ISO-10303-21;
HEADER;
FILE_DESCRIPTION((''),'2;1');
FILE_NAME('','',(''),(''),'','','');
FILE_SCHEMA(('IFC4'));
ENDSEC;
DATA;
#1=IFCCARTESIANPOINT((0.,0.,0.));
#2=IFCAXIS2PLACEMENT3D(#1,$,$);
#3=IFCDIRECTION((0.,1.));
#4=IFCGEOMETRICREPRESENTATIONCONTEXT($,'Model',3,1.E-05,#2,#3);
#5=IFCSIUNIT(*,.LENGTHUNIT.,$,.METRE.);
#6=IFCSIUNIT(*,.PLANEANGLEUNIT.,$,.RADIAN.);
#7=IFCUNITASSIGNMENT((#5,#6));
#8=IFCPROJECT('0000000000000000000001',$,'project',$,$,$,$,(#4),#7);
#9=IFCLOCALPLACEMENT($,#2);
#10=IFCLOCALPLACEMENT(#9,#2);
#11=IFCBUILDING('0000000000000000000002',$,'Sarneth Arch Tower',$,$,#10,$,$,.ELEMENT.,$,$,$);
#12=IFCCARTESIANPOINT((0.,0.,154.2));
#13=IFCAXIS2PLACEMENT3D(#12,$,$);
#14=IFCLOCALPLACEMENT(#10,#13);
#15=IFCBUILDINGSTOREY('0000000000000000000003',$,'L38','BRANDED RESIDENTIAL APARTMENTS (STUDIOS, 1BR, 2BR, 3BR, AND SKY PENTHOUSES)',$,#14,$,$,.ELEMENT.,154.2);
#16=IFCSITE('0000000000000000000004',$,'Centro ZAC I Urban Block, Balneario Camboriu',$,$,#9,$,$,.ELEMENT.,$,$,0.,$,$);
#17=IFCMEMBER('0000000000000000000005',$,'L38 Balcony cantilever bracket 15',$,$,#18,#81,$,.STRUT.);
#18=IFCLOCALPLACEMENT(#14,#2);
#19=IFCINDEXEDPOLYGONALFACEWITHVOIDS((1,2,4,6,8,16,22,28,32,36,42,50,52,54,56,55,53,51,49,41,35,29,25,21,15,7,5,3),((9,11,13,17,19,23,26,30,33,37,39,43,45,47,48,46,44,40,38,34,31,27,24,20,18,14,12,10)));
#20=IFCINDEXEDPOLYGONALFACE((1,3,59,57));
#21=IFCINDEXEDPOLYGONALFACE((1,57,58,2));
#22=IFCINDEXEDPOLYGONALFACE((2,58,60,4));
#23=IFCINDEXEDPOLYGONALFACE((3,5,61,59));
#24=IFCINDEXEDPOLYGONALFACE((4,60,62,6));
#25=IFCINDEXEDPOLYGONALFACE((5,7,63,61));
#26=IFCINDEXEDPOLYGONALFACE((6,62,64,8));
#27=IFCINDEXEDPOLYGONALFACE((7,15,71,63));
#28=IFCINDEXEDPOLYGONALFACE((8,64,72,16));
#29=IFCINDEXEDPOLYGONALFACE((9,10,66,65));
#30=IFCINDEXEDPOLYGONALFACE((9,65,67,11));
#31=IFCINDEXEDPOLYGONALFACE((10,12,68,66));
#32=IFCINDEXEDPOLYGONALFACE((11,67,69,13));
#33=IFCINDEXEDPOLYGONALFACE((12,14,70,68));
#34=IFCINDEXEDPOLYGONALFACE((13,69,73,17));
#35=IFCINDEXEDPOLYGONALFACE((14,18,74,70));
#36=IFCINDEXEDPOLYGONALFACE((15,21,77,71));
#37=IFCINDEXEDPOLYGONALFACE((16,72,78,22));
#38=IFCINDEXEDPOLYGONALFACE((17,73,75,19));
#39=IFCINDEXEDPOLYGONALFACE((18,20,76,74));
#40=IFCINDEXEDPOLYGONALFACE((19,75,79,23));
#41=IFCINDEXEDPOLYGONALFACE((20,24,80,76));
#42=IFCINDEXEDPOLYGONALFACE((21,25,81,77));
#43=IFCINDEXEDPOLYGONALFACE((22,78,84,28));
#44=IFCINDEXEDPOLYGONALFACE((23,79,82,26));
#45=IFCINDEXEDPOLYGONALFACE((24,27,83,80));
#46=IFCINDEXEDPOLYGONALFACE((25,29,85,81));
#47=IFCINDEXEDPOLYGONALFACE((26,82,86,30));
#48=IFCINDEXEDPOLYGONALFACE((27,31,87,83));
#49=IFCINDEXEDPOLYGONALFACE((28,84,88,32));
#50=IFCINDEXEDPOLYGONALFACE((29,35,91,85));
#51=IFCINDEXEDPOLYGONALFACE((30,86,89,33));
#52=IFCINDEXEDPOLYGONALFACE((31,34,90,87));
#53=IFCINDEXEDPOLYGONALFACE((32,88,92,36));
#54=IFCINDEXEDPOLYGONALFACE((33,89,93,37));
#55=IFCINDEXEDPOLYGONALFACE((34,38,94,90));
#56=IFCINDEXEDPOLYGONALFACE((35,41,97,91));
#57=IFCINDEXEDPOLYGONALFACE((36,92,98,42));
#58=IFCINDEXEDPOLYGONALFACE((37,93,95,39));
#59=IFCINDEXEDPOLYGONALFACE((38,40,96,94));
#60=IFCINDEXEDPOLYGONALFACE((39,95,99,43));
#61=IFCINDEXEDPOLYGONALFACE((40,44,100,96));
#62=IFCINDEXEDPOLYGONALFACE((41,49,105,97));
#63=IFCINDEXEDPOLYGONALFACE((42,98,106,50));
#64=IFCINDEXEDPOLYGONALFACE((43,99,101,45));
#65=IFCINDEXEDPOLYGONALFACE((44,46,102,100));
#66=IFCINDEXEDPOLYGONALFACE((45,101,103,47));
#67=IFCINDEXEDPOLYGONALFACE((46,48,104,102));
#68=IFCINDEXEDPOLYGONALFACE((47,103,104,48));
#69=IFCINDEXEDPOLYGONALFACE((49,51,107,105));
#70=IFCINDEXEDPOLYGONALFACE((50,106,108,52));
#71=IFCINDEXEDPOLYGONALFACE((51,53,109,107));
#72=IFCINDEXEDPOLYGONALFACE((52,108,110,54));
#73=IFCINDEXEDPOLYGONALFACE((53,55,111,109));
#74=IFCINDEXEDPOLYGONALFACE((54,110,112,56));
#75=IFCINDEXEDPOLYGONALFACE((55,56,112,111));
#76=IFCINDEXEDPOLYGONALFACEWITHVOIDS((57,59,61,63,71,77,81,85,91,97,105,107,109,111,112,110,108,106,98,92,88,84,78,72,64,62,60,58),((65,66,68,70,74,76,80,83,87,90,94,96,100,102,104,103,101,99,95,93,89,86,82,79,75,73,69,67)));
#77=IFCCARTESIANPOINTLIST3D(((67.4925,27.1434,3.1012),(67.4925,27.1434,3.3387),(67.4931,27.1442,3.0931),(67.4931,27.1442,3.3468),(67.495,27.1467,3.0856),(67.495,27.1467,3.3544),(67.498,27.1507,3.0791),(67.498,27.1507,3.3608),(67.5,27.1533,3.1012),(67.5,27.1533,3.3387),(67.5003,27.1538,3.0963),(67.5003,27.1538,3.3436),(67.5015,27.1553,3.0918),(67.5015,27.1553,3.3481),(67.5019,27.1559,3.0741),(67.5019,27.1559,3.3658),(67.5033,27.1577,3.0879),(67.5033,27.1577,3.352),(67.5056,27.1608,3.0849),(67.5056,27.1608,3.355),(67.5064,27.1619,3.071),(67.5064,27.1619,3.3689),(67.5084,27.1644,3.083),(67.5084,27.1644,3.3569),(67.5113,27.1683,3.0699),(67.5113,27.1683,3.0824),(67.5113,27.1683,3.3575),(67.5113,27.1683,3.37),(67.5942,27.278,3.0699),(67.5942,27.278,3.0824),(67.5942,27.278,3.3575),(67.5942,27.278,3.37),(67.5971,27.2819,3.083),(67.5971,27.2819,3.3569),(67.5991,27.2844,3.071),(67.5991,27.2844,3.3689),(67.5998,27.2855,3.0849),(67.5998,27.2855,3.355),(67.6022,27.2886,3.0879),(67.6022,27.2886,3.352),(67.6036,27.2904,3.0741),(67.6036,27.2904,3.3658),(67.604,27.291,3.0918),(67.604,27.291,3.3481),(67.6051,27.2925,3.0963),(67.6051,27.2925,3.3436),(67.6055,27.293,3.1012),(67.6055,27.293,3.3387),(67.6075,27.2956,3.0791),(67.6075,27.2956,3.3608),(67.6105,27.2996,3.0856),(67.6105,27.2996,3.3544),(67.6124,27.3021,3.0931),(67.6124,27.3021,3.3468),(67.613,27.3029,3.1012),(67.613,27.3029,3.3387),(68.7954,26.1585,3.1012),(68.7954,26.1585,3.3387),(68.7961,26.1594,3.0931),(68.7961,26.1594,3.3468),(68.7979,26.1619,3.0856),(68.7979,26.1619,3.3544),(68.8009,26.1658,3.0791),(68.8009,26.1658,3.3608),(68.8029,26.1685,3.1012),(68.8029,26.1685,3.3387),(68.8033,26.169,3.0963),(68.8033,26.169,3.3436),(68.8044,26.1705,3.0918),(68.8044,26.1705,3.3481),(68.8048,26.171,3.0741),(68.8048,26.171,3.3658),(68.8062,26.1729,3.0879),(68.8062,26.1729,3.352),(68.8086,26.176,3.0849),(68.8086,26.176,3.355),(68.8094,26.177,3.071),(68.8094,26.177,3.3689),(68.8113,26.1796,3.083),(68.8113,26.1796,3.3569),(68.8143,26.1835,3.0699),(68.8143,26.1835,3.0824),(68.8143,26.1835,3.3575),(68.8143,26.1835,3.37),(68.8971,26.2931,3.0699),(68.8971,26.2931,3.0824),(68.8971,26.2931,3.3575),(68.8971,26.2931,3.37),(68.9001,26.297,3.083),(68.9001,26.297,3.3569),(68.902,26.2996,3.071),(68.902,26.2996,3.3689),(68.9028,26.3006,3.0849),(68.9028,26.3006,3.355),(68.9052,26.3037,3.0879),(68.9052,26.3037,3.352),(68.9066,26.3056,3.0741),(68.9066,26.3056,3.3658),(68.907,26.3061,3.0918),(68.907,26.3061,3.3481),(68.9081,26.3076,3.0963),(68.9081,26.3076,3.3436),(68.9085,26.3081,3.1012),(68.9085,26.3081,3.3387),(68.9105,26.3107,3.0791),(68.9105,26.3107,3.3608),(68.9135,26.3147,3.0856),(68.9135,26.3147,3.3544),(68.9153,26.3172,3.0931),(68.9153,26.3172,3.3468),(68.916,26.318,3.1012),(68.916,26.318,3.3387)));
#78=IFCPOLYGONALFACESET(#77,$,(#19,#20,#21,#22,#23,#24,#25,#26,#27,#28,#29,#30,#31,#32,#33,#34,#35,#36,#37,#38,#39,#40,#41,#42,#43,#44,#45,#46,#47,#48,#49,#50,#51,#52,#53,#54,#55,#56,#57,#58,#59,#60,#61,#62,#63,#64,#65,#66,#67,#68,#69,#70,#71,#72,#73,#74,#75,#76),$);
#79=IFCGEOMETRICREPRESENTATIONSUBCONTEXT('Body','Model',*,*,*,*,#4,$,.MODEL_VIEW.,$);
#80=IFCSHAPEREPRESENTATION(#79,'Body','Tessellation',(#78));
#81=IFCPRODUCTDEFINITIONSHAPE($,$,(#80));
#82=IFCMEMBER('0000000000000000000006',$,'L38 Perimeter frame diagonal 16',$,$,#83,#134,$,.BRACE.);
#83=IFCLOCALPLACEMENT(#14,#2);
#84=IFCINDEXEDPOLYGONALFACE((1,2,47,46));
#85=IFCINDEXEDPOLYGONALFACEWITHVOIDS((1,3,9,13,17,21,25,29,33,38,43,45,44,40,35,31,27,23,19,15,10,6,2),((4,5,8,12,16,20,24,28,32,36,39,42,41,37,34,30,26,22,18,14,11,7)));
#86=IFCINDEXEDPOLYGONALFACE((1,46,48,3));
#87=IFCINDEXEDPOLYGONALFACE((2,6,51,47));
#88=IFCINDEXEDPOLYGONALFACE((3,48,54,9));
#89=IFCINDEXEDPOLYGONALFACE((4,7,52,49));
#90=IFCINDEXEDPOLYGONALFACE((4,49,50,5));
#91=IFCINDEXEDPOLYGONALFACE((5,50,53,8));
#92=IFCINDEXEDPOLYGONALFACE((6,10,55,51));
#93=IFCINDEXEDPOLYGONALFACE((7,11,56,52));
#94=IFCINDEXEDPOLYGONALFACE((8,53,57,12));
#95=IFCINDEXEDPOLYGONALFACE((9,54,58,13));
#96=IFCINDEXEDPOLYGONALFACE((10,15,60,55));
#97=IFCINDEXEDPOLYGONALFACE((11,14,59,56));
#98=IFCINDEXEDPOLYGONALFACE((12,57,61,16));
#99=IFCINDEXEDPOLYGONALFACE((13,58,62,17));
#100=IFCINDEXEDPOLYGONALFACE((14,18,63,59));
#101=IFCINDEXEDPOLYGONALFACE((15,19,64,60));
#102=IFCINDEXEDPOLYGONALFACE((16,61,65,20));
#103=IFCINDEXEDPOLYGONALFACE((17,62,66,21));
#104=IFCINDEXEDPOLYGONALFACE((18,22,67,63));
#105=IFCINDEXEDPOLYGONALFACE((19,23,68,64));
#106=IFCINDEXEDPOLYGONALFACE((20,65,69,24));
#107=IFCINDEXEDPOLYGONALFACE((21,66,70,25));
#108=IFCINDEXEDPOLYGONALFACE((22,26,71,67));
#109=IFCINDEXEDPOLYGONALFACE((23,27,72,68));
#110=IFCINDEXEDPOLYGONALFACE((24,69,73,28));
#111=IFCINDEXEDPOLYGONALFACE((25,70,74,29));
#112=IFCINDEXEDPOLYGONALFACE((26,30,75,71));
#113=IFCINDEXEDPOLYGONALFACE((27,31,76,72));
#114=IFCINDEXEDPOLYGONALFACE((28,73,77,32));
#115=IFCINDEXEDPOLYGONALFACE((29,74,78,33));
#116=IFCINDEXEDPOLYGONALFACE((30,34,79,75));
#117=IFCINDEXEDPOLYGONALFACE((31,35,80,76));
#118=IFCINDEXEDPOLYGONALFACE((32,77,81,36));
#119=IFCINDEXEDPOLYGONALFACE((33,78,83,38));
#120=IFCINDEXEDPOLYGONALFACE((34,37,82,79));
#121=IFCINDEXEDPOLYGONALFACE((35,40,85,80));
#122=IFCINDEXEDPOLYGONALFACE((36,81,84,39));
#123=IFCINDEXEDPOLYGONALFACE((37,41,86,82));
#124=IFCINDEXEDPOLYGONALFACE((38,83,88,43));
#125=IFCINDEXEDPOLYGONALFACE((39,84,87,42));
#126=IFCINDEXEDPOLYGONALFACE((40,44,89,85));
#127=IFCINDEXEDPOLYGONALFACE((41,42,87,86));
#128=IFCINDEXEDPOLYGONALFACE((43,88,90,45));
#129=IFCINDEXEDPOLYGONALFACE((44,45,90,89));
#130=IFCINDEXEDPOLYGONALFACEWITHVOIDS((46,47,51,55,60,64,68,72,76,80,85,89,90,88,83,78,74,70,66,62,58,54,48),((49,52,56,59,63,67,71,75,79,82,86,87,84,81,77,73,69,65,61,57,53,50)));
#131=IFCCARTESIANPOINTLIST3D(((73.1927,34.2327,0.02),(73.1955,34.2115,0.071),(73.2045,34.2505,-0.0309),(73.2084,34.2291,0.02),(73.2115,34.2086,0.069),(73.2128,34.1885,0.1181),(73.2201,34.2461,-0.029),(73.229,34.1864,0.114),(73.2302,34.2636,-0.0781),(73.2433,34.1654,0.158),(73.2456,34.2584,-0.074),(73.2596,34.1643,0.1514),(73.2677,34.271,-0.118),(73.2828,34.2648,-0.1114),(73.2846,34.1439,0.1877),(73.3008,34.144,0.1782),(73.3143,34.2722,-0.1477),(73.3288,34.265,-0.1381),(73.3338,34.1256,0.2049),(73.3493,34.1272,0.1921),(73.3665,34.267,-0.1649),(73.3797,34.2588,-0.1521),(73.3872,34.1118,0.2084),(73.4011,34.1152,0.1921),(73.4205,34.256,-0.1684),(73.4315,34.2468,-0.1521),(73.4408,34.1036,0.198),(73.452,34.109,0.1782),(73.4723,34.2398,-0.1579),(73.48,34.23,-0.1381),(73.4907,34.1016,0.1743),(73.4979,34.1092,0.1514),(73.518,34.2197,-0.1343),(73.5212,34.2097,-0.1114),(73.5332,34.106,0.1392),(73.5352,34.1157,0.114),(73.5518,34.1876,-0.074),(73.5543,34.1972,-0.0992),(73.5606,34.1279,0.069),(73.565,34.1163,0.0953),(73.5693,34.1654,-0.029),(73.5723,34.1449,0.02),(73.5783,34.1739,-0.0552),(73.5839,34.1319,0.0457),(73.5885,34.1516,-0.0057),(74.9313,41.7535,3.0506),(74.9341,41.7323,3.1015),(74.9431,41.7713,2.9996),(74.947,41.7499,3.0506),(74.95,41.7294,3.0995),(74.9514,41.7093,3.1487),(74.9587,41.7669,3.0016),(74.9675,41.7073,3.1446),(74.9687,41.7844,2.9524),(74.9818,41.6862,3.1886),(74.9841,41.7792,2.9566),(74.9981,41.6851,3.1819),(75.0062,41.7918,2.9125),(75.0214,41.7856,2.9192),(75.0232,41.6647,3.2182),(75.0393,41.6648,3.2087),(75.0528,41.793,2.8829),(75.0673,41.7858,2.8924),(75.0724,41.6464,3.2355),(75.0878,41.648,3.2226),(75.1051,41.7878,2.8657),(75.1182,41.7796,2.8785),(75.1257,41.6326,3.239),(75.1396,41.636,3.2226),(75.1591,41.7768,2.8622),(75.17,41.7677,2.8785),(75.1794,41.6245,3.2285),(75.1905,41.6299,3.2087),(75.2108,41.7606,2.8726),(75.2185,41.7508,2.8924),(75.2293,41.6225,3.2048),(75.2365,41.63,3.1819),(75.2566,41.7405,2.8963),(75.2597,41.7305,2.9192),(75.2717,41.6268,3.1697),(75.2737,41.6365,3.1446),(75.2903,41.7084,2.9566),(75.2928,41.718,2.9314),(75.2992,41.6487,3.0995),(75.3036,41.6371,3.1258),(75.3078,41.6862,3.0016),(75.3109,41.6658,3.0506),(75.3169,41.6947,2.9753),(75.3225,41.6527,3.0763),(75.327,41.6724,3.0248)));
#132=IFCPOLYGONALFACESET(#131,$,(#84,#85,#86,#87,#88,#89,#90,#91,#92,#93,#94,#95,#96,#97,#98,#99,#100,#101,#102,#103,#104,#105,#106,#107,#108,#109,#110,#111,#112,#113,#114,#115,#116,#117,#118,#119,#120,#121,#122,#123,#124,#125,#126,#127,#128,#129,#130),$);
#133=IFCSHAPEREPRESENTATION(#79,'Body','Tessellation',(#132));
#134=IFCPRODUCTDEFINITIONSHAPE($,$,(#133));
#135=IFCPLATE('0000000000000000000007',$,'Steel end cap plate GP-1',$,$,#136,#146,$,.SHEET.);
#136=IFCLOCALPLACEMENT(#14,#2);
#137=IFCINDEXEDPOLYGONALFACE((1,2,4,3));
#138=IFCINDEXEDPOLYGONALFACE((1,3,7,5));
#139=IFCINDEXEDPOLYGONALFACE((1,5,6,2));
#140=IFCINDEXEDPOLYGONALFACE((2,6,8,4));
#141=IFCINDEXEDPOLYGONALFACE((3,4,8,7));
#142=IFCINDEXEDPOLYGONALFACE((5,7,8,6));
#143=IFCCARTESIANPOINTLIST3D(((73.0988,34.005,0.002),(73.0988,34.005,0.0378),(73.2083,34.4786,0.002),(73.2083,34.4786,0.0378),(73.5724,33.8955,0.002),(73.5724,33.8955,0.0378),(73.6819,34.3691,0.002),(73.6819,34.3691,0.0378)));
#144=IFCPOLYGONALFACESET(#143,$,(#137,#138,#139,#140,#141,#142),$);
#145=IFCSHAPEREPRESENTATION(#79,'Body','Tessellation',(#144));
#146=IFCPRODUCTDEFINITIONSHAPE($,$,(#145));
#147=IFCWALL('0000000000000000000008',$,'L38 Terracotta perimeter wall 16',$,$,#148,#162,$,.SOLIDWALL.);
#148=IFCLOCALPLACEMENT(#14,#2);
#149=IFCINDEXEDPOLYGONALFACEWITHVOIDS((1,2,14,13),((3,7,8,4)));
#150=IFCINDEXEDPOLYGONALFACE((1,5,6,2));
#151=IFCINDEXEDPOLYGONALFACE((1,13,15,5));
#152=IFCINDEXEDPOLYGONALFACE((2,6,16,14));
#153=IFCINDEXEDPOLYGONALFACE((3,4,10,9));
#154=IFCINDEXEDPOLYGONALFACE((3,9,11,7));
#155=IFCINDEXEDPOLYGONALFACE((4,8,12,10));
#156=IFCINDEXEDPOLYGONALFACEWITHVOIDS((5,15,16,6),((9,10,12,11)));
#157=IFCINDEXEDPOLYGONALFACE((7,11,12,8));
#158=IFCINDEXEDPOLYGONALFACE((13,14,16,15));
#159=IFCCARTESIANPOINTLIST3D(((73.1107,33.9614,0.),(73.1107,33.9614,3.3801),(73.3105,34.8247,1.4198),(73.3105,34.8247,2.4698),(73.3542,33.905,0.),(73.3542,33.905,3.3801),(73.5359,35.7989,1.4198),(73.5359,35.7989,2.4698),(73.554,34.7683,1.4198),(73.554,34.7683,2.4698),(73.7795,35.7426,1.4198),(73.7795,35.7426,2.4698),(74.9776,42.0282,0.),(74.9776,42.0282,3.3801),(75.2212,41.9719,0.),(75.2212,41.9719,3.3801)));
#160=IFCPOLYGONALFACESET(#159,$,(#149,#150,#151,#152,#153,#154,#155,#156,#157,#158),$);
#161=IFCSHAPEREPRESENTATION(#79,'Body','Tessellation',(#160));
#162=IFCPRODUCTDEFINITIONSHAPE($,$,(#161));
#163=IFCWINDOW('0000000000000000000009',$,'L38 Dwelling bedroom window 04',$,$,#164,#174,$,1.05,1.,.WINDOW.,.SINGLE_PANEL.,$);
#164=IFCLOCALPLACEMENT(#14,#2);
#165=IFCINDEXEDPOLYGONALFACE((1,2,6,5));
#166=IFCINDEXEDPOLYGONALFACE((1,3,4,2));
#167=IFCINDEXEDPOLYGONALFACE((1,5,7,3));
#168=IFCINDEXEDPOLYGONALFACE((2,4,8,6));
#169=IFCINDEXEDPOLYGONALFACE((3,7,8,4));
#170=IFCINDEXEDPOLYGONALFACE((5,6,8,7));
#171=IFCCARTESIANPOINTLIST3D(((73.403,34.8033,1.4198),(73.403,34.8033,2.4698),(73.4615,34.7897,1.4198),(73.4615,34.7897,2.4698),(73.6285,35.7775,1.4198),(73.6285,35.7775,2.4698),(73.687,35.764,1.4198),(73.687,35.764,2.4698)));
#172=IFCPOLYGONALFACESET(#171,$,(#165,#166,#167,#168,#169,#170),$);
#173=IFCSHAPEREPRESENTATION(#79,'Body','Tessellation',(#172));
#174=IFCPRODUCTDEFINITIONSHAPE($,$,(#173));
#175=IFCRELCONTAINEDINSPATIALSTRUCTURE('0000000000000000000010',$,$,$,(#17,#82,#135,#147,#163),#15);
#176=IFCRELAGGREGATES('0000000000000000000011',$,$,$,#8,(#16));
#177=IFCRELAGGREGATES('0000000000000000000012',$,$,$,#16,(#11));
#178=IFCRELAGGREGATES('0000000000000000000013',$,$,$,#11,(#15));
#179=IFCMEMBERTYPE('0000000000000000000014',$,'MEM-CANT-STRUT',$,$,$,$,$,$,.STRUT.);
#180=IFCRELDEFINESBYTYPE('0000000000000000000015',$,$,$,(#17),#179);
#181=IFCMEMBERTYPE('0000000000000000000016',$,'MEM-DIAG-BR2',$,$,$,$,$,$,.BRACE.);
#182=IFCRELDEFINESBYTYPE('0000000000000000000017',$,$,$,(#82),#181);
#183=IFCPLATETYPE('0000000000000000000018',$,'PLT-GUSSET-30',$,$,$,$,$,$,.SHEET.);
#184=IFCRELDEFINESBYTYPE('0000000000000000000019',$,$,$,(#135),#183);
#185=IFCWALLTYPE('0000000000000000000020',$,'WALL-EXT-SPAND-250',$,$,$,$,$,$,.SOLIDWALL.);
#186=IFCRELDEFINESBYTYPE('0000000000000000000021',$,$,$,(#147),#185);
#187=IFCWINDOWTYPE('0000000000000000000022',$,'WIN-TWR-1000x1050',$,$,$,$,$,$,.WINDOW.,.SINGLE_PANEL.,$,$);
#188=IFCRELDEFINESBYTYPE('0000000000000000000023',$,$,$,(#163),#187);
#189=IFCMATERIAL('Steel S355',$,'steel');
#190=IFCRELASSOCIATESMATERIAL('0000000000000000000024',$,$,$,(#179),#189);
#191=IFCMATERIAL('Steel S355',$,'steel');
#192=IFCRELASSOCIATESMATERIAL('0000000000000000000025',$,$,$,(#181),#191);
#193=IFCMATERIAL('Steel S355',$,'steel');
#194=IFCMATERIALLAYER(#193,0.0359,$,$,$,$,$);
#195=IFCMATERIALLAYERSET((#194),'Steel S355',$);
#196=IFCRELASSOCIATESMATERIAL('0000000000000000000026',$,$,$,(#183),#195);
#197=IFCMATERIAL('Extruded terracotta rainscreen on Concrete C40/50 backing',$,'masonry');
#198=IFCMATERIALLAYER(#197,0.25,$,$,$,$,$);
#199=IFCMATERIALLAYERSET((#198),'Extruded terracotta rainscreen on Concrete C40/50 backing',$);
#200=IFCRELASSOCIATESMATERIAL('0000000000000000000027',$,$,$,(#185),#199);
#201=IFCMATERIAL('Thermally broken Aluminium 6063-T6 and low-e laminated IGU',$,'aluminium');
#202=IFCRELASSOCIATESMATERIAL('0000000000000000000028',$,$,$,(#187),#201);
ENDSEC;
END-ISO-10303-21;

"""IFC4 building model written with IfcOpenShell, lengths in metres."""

from ifc_helpers import new_model, si_unit, direction, frame, frame_2d, origin, origin_2d, place, context, subcontext, project, spatial, rectangle, hollow_rectangle, hollow_circle, extrude, material, layer, layer_set, material_profile, profile_set, type_object, element, fill, save


model = new_model("IFC4")

# Units and contexts
model_context = context("Model", 3, precision=1e-05, world=origin(), true_north=direction((0.0, 1.0)))
body_context = subcontext(model_context, "Body", "Model", "MODEL_VIEW")
ifc_project = project(units=[si_unit("LENGTHUNIT", "METRE"), si_unit("PLANEANGLEUNIT", "RADIAN")], contexts=[model_context])

# Site, building, storey
site_placement = place(None, origin())
site = spatial("IfcSite", under=ifc_project, at=site_placement, Name="Centro ZAC I Urban Block, Balneario Camboriu", CompositionType="ELEMENT", RefElevation=0.0)
building_placement = place(site_placement, origin())
building = spatial("IfcBuilding", under=site, at=building_placement, Name="Sarneth Arch Tower", CompositionType="ELEMENT")
storey_placement = place(building_placement, frame((0.0, 0.0, 154.2)))
storey = spatial("IfcBuildingStorey", under=building, at=storey_placement, Name="L38", Description="BRANDED RESIDENTIAL APARTMENTS (STUDIOS, 1BR, 2BR, 3BR, AND SKY PENTHOUSES)", CompositionType="ELEMENT", Elevation=154.2)

# Members
ifc_material_1 = material(Name="Steel S355", Category="steel")
ifc_material_profile_1 = material_profile(ifc_material_1, hollow_rectangle(XDim=0.2, YDim=0.3, WallThickness=0.0125, InnerFilletRadius=0.0188, OuterFilletRadius=0.0312, at=origin_2d()), Name="RHS300x200x12.5")
ifc_profile_set_1 = profile_set([ifc_material_profile_1], Name="Steel S355")
member_type_1 = type_object("IfcMemberType", Name="MEM-CANT-STRUT", PredefinedType="STRUT", material=ifc_profile_set_1)
member_1_placement = place(storey_placement, frame((67.5527, 27.2231, 3.22), z_axis=(0.797752, -0.602985, 0.0), x_axis=(0.602985, 0.797752, 0.0)))
element("IfcMember", 1, at=member_1_placement, inside=storey, type_object=member_type_1, Name="L38 Balcony cantilever bracket 15", PredefinedType="STRUT", context=body_context, shape_type="SweptSolid", body=[
    extrude(hollow_rectangle(XDim=0.2, YDim=0.3, WallThickness=0.0125, InnerFilletRadius=0.0188, OuterFilletRadius=0.0312, at=origin_2d()), origin(), (0.0, 0.0, 1.0), 1.6333),
])
ifc_material_2 = material(Name="Steel S355", Category="steel")
ifc_material_profile_2 = material_profile(ifc_material_2, hollow_circle(Radius=0.2029, WallThickness=0.0161, at=origin_2d()), Name="CHS406x16")
ifc_profile_set_2 = profile_set([ifc_material_profile_2], Name="Steel S355")
member_type_2 = type_object("IfcMemberType", Name="MEM-DIAG-BR2", PredefinedType="BRACE", material=ifc_profile_set_2)
member_2_placement = place(storey_placement, frame((73.3904, 34.187, 0.02), z_axis=(0.209646, 0.906917, 0.365446), x_axis=(-0.974307, 0.225224, 0.0)))
element("IfcMember", 2, at=member_2_placement, inside=storey, type_object=member_type_2, Name="L38 Perimeter frame diagonal 16", PredefinedType="BRACE", context=body_context, shape_type="SweptSolid", body=[
    extrude(hollow_circle(Radius=0.2029, WallThickness=0.0161, at=origin_2d()), origin(), (0.0, 0.0, 1.0), 8.2927),
])

# Plate
ifc_material_3 = material(Name="Steel S355", Category="steel")
ifc_layer_1 = layer(ifc_material_3, 0.0359)
ifc_layer_set_1 = layer_set([ifc_layer_1], Name="Steel S355")
plate_type = type_object("IfcPlateType", Name="PLT-GUSSET-30", PredefinedType="SHEET", material=ifc_layer_set_1)
plate_placement = place(storey_placement, frame((73.3904, 34.187, 0.002), z_axis=(0.0, 0.0, 1.0), x_axis=(0.225291, 0.974291, 0.0)))
element("IfcPlate", 3, at=plate_placement, inside=storey, type_object=plate_type, Name="Steel end cap plate GP-1", PredefinedType="SHEET", context=body_context, shape_type="SweptSolid", body=[
    extrude(rectangle(XDim=0.4861, YDim=0.4861, at=origin_2d()), origin(), (0.0, 0.0, 1.0), 0.0359),
])

# Wall, opening, window
ifc_material_4 = material(Name="Extruded terracotta rainscreen on Concrete C40/50 backing", Category="masonry")
ifc_layer_2 = layer(ifc_material_4, 0.25)
ifc_layer_set_2 = layer_set([ifc_layer_2], Name="Extruded terracotta rainscreen on Concrete C40/50 backing")
wall_type_1 = type_object("IfcWallType", Name="WALL-EXT-SPAND-250", PredefinedType="SOLIDWALL", material=ifc_layer_set_2)
wall_1_placement = place(storey_placement, frame((73.2324, 33.9331, 0.0), z_axis=(0.0, 0.0, 1.0), x_axis=(0.225473, 0.974249, 0.0)))
wall_1 = element("IfcWall", 4, at=wall_1_placement, inside=storey, type_object=wall_type_1, Name="L38 Terracotta perimeter wall 16", PredefinedType="SOLIDWALL", context=body_context, shape_type="SweptSolid", body=[
    extrude(rectangle(XDim=8.28, YDim=0.25, at=frame_2d((4.1401, 0.0))), origin(), (0.0, 0.0, 1.0), 3.3801),
])
opening_1_placement = place(wall_1_placement, frame((0.8862, 0.0, 1.4199)))
opening_1 = element("IfcOpeningElement", 5, at=opening_1_placement, cuts=wall_1, PredefinedType="OPENING", context=body_context, shape_type="SweptSolid", body=[
    extrude(rectangle(XDim=1.0, YDim=1.05, at=frame_2d((0.5, 0.5249))), frame((0.0, 0.135, 0.0), z_axis=(0.0, -1.0, 0.0), x_axis=(1.0, 0.0, 0.0)), (0.0, 0.0, 1.0), 0.27),
])
ifc_material_5 = material(Name="Thermally broken Aluminium 6063-T6 and low-e laminated IGU", Category="aluminium")
window_type = type_object("IfcWindowType", Name="WIN-TWR-1000x1050", PartitioningType="SINGLE_PANEL", PredefinedType="WINDOW", material=ifc_material_5)
window_placement = place(opening_1_placement, origin())
window = element("IfcWindow", 6, at=window_placement, inside=storey, type_object=window_type, Name="L38 Dwelling bedroom window 04", OverallHeight=1.05, OverallWidth=1.0, PartitioningType="SINGLE_PANEL", PredefinedType="WINDOW", context=body_context, shape_type="SweptSolid", body=[
    extrude(rectangle(XDim=1.0, YDim=1.05, at=frame_2d((0.5, 0.5249))), frame((0.0, 0.03, 0.0), z_axis=(0.0, -1.0, 0.0), x_axis=(1.0, 0.0, 0.0)), (0.0, 0.0, 1.0), 0.0601),
])
fill(opening_1, window)

save(model, "model.ifc")
